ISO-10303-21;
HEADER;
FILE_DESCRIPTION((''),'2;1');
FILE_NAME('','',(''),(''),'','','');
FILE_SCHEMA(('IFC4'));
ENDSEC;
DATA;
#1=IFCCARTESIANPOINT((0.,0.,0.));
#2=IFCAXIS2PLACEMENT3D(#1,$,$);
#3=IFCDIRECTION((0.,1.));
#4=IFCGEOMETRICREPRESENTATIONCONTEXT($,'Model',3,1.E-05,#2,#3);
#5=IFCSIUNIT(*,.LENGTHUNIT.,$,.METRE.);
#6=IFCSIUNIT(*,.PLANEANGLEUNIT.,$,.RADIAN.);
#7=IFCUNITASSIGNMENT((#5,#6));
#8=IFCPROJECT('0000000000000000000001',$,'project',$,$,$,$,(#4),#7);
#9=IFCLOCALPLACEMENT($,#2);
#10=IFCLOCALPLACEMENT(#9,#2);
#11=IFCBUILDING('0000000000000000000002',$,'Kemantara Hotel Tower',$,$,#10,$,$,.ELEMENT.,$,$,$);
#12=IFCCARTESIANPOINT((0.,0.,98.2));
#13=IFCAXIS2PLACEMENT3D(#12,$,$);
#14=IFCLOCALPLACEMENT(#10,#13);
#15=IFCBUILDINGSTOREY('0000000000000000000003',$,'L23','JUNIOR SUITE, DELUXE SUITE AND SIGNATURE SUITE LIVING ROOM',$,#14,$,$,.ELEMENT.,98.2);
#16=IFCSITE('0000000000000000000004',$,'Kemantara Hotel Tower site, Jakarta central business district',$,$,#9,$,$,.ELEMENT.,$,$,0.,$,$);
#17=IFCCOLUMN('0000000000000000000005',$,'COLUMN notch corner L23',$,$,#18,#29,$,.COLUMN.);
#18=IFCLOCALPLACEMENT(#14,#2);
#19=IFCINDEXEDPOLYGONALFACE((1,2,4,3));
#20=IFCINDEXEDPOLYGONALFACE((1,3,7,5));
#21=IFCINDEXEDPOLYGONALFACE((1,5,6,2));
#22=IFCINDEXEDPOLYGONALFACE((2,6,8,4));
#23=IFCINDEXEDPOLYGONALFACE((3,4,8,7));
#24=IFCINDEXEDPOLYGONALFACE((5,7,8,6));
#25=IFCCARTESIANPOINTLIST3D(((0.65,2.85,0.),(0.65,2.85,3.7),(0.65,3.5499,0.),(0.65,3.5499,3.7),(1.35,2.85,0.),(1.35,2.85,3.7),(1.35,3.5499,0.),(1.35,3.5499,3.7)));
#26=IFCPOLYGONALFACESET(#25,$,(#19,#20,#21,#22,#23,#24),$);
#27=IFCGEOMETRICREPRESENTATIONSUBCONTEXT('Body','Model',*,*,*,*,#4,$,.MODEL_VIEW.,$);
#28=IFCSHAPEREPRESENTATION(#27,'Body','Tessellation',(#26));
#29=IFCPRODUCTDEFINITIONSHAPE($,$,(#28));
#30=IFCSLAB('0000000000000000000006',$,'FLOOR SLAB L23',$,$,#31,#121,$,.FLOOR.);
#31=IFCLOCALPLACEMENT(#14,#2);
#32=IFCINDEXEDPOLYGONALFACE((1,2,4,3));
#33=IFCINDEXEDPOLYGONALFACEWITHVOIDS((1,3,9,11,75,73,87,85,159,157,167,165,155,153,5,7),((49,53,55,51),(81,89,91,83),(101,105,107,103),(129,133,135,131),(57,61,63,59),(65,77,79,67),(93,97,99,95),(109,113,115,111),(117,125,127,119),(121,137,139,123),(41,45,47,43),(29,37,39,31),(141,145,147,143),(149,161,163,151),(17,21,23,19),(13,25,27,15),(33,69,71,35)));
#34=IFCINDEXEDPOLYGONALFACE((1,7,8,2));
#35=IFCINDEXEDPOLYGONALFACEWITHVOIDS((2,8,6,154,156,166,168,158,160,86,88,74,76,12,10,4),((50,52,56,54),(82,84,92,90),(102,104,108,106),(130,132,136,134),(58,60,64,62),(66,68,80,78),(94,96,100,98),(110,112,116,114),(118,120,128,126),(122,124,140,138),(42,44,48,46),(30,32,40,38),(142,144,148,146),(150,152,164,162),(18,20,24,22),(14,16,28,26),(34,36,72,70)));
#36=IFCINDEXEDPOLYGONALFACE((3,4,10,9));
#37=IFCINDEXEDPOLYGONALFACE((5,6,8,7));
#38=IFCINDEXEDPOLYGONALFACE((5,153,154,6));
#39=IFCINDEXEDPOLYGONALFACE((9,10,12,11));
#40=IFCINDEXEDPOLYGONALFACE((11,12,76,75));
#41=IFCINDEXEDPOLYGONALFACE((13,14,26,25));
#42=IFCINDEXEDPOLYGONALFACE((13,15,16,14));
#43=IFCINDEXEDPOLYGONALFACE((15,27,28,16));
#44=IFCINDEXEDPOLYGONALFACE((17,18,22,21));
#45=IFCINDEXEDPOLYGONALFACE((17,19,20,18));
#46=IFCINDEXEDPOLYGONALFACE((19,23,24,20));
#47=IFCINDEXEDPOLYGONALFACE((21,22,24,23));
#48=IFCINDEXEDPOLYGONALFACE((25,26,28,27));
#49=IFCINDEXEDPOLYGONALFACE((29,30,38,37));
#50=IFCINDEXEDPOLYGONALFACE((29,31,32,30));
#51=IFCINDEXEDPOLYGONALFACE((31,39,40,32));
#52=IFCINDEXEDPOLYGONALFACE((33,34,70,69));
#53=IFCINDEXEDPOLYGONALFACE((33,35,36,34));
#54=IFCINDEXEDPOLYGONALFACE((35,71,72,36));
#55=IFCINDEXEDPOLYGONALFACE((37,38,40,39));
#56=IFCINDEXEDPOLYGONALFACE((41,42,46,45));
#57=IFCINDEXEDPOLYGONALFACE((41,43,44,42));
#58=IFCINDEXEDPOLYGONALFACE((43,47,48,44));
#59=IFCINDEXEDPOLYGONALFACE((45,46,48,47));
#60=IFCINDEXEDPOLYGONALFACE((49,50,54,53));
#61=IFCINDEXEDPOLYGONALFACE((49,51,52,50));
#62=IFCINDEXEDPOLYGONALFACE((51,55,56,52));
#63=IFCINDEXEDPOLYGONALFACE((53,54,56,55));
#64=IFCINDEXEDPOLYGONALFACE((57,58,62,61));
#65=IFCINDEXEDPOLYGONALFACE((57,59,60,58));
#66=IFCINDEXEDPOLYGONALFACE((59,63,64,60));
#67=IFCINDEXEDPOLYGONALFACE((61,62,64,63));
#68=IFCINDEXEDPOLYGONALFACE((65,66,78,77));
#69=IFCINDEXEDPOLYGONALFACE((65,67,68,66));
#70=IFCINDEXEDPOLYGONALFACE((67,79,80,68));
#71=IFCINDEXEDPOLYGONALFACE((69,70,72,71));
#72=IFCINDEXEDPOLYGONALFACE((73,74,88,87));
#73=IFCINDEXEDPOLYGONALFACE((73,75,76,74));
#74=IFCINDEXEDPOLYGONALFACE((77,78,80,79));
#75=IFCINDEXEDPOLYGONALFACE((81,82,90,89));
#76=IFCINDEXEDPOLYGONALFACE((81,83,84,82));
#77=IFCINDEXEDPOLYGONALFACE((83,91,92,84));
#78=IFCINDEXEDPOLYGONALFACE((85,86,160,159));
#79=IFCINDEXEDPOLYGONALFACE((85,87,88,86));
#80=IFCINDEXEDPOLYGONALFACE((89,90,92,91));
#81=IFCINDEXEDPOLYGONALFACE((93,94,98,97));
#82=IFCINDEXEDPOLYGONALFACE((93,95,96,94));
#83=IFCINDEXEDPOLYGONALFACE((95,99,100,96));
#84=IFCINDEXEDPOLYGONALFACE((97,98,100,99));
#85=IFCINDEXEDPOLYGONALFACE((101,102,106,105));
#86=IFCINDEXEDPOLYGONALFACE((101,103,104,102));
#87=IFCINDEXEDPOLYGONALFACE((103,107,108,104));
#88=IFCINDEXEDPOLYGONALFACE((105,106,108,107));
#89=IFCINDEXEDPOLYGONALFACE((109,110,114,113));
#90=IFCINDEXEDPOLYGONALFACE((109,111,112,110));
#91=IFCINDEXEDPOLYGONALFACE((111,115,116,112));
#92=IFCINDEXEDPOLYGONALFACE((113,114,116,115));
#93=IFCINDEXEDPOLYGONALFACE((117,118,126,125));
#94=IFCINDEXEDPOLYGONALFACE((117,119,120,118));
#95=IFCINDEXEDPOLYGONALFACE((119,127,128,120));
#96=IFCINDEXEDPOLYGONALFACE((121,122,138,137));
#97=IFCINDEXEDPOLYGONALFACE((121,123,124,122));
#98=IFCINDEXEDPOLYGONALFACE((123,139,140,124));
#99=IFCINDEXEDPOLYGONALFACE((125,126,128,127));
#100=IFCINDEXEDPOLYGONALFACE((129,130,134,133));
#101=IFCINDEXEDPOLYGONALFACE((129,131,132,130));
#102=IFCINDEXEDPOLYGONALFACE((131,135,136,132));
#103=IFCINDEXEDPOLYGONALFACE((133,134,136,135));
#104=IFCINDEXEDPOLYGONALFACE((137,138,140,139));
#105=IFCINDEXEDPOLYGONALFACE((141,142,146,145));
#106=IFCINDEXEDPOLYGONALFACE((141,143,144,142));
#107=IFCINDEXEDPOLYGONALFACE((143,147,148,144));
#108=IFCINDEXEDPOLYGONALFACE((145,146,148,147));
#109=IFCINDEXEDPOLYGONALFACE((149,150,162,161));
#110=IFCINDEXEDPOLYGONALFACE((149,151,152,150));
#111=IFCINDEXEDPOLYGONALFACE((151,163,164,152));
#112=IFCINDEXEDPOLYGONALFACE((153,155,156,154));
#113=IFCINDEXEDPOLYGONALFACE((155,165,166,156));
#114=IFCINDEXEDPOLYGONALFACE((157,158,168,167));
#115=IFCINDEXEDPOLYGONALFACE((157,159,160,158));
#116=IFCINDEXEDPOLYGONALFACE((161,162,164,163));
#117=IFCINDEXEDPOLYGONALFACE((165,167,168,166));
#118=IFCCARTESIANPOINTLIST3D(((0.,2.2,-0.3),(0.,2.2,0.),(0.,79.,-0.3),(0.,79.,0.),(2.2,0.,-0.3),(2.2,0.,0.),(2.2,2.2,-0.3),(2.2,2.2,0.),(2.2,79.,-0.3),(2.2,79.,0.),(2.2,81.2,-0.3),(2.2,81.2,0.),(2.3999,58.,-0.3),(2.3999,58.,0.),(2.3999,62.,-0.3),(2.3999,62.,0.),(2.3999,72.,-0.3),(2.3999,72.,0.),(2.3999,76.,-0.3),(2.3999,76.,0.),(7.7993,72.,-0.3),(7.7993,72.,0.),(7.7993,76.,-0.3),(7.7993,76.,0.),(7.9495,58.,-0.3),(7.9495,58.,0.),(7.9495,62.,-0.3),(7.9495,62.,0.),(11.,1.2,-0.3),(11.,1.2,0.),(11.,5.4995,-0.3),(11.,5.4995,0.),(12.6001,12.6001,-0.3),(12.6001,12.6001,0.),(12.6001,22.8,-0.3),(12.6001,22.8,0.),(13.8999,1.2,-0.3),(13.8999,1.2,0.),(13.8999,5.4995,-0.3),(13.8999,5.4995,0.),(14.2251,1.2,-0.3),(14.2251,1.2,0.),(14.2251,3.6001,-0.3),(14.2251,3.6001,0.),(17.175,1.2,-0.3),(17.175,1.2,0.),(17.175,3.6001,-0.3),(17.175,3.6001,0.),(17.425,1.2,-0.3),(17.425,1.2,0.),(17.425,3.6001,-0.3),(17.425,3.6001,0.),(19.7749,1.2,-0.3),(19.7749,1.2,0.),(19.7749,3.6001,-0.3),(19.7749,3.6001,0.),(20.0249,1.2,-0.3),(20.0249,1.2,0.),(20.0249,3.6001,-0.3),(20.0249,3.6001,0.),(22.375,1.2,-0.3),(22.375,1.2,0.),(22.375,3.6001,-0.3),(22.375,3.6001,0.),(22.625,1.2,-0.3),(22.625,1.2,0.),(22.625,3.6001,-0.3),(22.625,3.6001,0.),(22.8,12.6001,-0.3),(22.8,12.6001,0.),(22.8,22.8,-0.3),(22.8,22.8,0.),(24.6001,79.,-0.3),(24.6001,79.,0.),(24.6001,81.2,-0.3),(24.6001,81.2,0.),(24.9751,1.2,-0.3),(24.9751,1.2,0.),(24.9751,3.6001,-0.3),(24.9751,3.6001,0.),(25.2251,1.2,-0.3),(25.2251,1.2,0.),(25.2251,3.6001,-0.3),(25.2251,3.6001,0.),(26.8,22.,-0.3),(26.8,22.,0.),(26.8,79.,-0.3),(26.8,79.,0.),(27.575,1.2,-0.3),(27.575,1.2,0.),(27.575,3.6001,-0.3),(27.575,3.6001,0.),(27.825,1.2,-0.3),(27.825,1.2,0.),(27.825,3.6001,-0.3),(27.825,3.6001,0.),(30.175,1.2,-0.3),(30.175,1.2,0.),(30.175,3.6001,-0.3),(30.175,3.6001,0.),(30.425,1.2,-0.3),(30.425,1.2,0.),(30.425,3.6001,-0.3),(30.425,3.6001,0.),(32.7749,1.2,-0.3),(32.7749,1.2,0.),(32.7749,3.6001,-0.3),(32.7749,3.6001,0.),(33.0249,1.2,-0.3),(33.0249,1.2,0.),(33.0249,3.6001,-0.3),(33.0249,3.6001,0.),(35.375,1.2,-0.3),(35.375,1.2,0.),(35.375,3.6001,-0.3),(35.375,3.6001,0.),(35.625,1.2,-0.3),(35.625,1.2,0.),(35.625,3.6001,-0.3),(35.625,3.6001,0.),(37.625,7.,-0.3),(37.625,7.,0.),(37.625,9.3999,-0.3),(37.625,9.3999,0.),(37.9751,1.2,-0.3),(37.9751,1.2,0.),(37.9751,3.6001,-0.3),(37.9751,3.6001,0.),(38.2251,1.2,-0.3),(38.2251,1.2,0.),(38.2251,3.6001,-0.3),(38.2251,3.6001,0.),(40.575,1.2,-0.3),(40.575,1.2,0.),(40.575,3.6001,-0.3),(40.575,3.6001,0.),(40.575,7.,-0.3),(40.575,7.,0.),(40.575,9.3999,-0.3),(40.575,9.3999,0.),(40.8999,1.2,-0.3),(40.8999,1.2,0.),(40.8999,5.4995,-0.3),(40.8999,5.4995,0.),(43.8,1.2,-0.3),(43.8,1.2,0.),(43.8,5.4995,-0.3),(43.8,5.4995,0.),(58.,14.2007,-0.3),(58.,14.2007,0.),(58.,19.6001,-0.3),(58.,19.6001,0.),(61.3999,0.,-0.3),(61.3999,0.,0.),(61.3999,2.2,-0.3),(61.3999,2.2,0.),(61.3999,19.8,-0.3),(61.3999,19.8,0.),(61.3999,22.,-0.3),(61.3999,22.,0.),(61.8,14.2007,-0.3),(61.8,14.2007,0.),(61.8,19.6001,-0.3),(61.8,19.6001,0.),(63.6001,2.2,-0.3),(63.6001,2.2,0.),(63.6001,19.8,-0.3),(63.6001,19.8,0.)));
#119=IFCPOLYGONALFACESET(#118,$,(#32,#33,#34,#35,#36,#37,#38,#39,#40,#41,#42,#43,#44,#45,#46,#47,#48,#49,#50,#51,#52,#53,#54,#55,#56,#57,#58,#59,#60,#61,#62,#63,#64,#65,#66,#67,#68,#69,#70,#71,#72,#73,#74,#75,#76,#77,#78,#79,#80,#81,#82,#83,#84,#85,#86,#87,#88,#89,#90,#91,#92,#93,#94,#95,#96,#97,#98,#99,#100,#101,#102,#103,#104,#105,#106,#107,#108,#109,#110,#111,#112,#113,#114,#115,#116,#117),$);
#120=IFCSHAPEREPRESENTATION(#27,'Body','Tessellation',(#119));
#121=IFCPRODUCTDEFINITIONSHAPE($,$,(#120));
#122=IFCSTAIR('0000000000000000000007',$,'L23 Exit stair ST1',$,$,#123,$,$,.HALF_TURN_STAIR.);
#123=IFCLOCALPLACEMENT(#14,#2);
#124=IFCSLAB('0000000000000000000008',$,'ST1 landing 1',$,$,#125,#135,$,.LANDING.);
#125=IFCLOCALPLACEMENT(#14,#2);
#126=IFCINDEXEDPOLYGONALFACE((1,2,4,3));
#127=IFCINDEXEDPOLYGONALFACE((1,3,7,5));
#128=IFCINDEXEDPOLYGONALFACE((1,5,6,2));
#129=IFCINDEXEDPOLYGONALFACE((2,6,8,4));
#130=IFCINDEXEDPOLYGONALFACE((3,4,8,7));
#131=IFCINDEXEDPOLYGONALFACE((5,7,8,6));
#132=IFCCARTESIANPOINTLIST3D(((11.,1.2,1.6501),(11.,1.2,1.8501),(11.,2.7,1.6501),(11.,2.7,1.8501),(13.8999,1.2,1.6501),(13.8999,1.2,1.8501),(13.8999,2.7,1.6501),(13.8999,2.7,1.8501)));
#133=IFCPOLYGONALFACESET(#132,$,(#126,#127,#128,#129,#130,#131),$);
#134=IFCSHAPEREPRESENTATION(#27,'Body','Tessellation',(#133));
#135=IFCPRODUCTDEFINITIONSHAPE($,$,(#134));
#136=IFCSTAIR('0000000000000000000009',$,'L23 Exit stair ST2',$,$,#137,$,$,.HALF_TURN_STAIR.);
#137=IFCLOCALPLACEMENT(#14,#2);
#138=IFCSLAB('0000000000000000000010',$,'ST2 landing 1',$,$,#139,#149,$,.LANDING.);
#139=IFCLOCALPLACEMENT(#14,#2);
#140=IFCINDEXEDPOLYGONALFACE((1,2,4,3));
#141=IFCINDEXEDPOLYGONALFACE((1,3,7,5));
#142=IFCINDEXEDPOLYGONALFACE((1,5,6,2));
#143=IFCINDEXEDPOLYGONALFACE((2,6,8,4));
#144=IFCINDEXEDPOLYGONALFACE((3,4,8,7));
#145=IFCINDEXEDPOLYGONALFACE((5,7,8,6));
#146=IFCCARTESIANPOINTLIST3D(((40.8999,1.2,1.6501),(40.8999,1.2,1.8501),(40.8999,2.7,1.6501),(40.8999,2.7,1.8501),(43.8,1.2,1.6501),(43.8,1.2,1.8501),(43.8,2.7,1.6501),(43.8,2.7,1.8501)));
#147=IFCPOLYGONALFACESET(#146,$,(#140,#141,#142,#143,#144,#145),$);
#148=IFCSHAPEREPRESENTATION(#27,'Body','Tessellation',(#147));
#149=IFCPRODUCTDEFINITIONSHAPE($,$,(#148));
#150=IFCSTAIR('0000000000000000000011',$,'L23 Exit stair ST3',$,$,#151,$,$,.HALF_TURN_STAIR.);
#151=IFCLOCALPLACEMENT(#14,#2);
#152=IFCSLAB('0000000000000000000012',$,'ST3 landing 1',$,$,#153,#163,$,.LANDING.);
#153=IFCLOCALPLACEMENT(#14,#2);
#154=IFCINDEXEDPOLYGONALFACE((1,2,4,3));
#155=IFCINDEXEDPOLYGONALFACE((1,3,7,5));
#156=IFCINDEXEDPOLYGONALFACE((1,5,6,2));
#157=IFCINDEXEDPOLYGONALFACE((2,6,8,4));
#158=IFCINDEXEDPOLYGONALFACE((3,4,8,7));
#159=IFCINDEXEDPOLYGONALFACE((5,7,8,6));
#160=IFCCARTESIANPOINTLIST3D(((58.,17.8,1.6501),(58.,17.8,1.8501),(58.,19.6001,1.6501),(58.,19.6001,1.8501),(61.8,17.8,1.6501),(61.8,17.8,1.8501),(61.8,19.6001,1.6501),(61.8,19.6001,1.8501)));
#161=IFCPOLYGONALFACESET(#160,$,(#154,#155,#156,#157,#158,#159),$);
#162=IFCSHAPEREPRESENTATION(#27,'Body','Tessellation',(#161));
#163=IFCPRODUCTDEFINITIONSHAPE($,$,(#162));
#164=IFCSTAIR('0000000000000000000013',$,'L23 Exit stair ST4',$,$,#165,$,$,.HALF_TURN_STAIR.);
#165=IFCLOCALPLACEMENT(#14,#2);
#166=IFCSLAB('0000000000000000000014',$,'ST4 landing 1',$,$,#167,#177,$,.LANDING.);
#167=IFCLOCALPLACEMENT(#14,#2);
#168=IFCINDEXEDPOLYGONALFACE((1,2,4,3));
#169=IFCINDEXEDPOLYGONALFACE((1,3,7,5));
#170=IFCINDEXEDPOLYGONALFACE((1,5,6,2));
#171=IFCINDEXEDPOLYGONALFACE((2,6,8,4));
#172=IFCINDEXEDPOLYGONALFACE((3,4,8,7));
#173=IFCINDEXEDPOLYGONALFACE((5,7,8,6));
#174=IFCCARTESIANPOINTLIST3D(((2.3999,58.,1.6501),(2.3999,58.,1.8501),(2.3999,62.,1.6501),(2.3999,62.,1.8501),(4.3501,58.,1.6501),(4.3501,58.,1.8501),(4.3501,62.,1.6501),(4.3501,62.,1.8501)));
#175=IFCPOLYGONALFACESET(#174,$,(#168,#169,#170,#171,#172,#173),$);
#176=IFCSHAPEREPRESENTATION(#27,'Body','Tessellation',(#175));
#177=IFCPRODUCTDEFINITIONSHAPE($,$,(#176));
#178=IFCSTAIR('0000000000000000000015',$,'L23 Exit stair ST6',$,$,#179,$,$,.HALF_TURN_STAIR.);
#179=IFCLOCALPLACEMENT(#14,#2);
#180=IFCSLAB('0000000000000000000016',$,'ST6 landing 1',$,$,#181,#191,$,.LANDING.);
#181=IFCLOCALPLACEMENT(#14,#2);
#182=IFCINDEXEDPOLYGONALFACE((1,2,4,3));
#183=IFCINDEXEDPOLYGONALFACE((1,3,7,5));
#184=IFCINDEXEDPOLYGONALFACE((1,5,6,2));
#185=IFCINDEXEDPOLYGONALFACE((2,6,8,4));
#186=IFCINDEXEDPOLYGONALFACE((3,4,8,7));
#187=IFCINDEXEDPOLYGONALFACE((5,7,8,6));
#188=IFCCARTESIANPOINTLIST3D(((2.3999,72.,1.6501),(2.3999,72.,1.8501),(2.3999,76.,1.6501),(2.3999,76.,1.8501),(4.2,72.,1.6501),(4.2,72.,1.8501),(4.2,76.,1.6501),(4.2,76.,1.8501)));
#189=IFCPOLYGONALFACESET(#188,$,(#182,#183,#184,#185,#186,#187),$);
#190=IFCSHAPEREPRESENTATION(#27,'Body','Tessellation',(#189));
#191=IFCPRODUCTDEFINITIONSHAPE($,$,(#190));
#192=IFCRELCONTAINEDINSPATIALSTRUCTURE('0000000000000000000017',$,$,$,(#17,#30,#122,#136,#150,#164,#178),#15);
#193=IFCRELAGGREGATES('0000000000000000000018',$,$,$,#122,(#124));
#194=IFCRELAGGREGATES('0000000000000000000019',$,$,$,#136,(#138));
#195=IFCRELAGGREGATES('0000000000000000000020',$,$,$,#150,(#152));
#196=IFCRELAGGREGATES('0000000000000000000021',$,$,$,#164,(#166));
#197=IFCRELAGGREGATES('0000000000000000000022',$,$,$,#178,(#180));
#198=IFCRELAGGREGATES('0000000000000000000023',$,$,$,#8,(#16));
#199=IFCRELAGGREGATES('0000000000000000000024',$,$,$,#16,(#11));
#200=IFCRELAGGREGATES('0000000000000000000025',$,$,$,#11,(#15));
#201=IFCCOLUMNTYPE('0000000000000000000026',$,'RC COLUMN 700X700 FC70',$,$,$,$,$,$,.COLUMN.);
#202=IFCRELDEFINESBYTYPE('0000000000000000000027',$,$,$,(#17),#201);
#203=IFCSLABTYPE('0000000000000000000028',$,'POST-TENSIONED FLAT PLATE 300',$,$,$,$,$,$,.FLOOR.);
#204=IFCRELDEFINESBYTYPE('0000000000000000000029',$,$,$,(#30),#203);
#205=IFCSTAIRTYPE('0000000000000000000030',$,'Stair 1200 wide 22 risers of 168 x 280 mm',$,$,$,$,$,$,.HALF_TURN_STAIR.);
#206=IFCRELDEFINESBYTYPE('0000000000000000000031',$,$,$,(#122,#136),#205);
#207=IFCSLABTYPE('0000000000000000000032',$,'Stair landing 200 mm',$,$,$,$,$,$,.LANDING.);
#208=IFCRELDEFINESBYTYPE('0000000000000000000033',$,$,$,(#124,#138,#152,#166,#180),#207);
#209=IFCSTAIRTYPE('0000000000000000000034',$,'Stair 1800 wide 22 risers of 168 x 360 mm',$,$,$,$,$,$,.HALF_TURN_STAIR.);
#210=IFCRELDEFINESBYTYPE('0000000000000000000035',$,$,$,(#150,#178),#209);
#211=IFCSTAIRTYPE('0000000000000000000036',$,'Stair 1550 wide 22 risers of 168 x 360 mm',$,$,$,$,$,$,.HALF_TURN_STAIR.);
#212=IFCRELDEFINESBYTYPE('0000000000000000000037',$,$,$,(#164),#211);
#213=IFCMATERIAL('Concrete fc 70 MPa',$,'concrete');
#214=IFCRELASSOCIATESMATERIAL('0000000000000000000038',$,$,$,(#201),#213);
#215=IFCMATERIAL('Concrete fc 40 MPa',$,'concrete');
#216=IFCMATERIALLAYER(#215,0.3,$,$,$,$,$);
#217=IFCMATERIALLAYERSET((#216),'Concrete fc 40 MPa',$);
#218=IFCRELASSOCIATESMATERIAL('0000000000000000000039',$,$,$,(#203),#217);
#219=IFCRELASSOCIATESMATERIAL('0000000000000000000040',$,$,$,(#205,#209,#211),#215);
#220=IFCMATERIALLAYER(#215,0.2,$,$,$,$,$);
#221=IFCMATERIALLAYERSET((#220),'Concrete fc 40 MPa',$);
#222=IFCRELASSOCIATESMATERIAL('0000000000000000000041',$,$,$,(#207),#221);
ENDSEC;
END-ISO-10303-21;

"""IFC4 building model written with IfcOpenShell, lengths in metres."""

from ifc_helpers import new_model, si_unit, direction, frame, origin, origin_2d, place, context, subcontext, project, spatial, polyline, rectangle, outline, extrude, material, layer, layer_set, material_profile, profile_set, type_object, element, aggregate, save


model = new_model("IFC4")

# Units and contexts
model_context = context("Model", 3, precision=1e-05, world=origin(), true_north=direction((0.0, 1.0)))
body_context = subcontext(model_context, "Body", "Model", "MODEL_VIEW")
ifc_project = project(units=[si_unit("LENGTHUNIT", "METRE"), si_unit("PLANEANGLEUNIT", "RADIAN")], contexts=[model_context])

# Site, building, storey
site_placement = place(None, origin())
site = spatial("IfcSite", under=ifc_project, at=site_placement, Name="Kemantara Hotel Tower site, Jakarta central business district", CompositionType="ELEMENT", RefElevation=0.0)
building_placement = place(site_placement, origin())
building = spatial("IfcBuilding", under=site, at=building_placement, Name="Kemantara Hotel Tower", CompositionType="ELEMENT")
storey_placement = place(building_placement, frame((0.0, 0.0, 98.2)))
storey = spatial("IfcBuildingStorey", under=building, at=storey_placement, Name="L23", Description="JUNIOR SUITE, DELUXE SUITE AND SIGNATURE SUITE LIVING ROOM", CompositionType="ELEMENT", Elevation=98.2)

# Column
ifc_material_1 = material(Name="Concrete fc 70 MPa", Category="concrete")
ifc_material_profile = material_profile(ifc_material_1, rectangle(XDim=0.7, YDim=0.7, at=origin_2d()), Name="RC 700X700")
ifc_profile_set = profile_set([ifc_material_profile], Name="Concrete fc 70 MPa")
column_type = type_object("IfcColumnType", Name="RC COLUMN 700X700 FC70", PredefinedType="COLUMN", material=ifc_profile_set)
column_placement = place(storey_placement, frame((1.0, 3.2, 0.0), z_axis=(0.0, 0.0, 1.0), x_axis=(1.0, 0.0, 0.0)))
element("IfcColumn", 1, at=column_placement, inside=storey, type_object=column_type, Name="COLUMN notch corner L23", PredefinedType="COLUMN", context=body_context, shape_type="SweptSolid", body=[
    extrude(rectangle(XDim=0.7, YDim=0.7, at=origin_2d()), origin(), (0.0, 0.0, 1.0), 3.7),
])

# Slab
ifc_material_2 = material(Name="Concrete fc 40 MPa", Category="concrete")
ifc_layer_1 = layer(ifc_material_2, 0.3)
ifc_layer_set_1 = layer_set([ifc_layer_1], Name="Concrete fc 40 MPa")
slab_type_1 = type_object("IfcSlabType", Name="POST-TENSIONED FLAT PLATE 300", PredefinedType="FLOOR", material=ifc_layer_set_1)
slab_1_placement = place(storey_placement, frame((0.0, 0.0, -0.3)))
element("IfcSlab", 2, at=slab_1_placement, inside=storey, type_object=slab_type_1, Name="FLOOR SLAB L23", PredefinedType="FLOOR", context=body_context, shape_type="SweptSolid", body=[
    extrude(outline(polyline([(26.8, 79.0), (24.6001, 79.0), (24.6001, 81.2), (2.2, 81.2), (2.2, 79.0), (0.0, 79.0), (0.0, 2.2), (2.2, 2.2), (2.2, 0.0), (61.3999, 0.0), (61.3999, 2.2), (63.6001, 2.2), (63.6001, 19.8), (61.3999, 19.8), (61.3999, 22.0), (26.8, 22.0), (26.8, 79.0)]), holes=[polyline([(17.175, 1.2), (14.2251, 1.2), (14.2251, 3.6001), (17.175, 3.6001), (17.175, 1.2)]), polyline([(19.7749, 1.2), (17.425, 1.2), (17.425, 3.6001), (19.7749, 3.6001), (19.7749, 1.2)]), polyline([(22.375, 1.2), (20.0249, 1.2), (20.0249, 3.6001), (22.375, 3.6001), (22.375, 1.2)]), polyline([(24.9751, 1.2), (22.625, 1.2), (22.625, 3.6001), (24.9751, 3.6001), (24.9751, 1.2)]), polyline([(27.575, 1.2), (25.2251, 1.2), (25.2251, 3.6001), (27.575, 3.6001), (27.575, 1.2)]), polyline([(11.0, 1.2), (11.0, 5.4995), (13.8999, 5.4995), (13.8999, 1.2), (11.0, 1.2)]), polyline([(22.8, 12.6001), (12.6001, 12.6001), (12.6001, 22.8), (22.8, 22.8), (22.8, 12.6001)]), polyline([(2.3999, 62.0), (7.9495, 62.0), (7.9495, 58.0), (2.3999, 58.0), (2.3999, 62.0)]), polyline([(2.3999, 76.0), (7.7993, 76.0), (7.7993, 72.0), (2.3999, 72.0), (2.3999, 76.0)]), polyline([(30.175, 1.2), (27.825, 1.2), (27.825, 3.6001), (30.175, 3.6001), (30.175, 1.2)]), polyline([(32.7749, 1.2), (30.425, 1.2), (30.425, 3.6001), (32.7749, 3.6001), (32.7749, 1.2)]), polyline([(35.375, 1.2), (33.0249, 1.2), (33.0249, 3.6001), (35.375, 3.6001), (35.375, 1.2)]), polyline([(37.9751, 1.2), (35.625, 1.2), (35.625, 3.6001), (37.9751, 3.6001), (37.9751, 1.2)]), polyline([(40.575, 1.2), (38.2251, 1.2), (38.2251, 3.6001), (40.575, 3.6001), (40.575, 1.2)]), polyline([(40.8999, 1.2), (40.8999, 5.4995), (43.8, 5.4995), (43.8, 1.2), (40.8999, 1.2)]), polyline([(37.625, 7.0), (37.625, 9.3999), (40.575, 9.3999), (40.575, 7.0), (37.625, 7.0)]), polyline([(61.8, 14.2007), (58.0, 14.2007), (58.0, 19.6001), (61.8, 19.6001), (61.8, 14.2007)])]), origin(), (0.0, 0.0, 1.0), 0.3),
])

# Stairs, slabs
stair_type_1 = type_object("IfcStairType", Name="Stair 1200 wide 22 risers of 168 x 280 mm", PredefinedType="HALF_TURN_STAIR", material=ifc_material_2)
stair_1_placement = place(storey_placement, origin())
stair_1 = element("IfcStair", 3, at=stair_1_placement, inside=storey, type_object=stair_type_1, Name="L23 Exit stair ST1", PredefinedType="HALF_TURN_STAIR")
ifc_layer_2 = layer(ifc_material_2, 0.2)
ifc_layer_set_2 = layer_set([ifc_layer_2], Name="Concrete fc 40 MPa")
slab_type_2 = type_object("IfcSlabType", Name="Stair landing 200 mm", PredefinedType="LANDING", material=ifc_layer_set_2)
slab_2_placement = place(storey_placement, frame((0.0, 0.0, 1.6501)))
slab_2 = element("IfcSlab", 4, at=slab_2_placement, type_object=slab_type_2, Name="ST1 landing 1", PredefinedType="LANDING", context=body_context, shape_type="SweptSolid", body=[
    extrude(outline(polyline([(11.0, 2.7), (11.0, 1.2), (13.8999, 1.2), (13.8999, 2.7), (11.0, 2.7)])), origin(), (0.0, 0.0, 1.0), 0.2),
])
aggregate(stair_1, [slab_2])
stair_2_placement = place(storey_placement, origin())
stair_2 = element("IfcStair", 5, at=stair_2_placement, inside=storey, type_object=stair_type_1, Name="L23 Exit stair ST2", PredefinedType="HALF_TURN_STAIR")
slab_3_placement = place(storey_placement, frame((0.0, 0.0, 1.6501)))
slab_3 = element("IfcSlab", 6, at=slab_3_placement, type_object=slab_type_2, Name="ST2 landing 1", PredefinedType="LANDING", context=body_context, shape_type="SweptSolid", body=[
    extrude(outline(polyline([(40.8999, 2.7), (40.8999, 1.2), (43.8, 1.2), (43.8, 2.7), (40.8999, 2.7)])), origin(), (0.0, 0.0, 1.0), 0.2),
])
aggregate(stair_2, [slab_3])
stair_type_2 = type_object("IfcStairType", Name="Stair 1800 wide 22 risers of 168 x 360 mm", PredefinedType="HALF_TURN_STAIR", material=ifc_material_2)
stair_3_placement = place(storey_placement, origin())
stair_3 = element("IfcStair", 7, at=stair_3_placement, inside=storey, type_object=stair_type_2, Name="L23 Exit stair ST3", PredefinedType="HALF_TURN_STAIR")
slab_4_placement = place(storey_placement, frame((0.0, 0.0, 1.6501)))
slab_4 = element("IfcSlab", 8, at=slab_4_placement, type_object=slab_type_2, Name="ST3 landing 1", PredefinedType="LANDING", context=body_context, shape_type="SweptSolid", body=[
    extrude(outline(polyline([(61.8, 17.8), (61.8, 19.6001), (58.0, 19.6001), (58.0, 17.8), (61.8, 17.8)])), origin(), (0.0, 0.0, 1.0), 0.2),
])
aggregate(stair_3, [slab_4])
stair_type_3 = type_object("IfcStairType", Name="Stair 1550 wide 22 risers of 168 x 360 mm", PredefinedType="HALF_TURN_STAIR", material=ifc_material_2)
stair_4_placement = place(storey_placement, origin())
stair_4 = element("IfcStair", 9, at=stair_4_placement, inside=storey, type_object=stair_type_3, Name="L23 Exit stair ST4", PredefinedType="HALF_TURN_STAIR")
slab_5_placement = place(storey_placement, frame((0.0, 0.0, 1.6501)))
slab_5 = element("IfcSlab", 10, at=slab_5_placement, type_object=slab_type_2, Name="ST4 landing 1", PredefinedType="LANDING", context=body_context, shape_type="SweptSolid", body=[
    extrude(outline(polyline([(4.3501, 62.0), (2.3999, 62.0), (2.3999, 58.0), (4.3501, 58.0), (4.3501, 62.0)])), origin(), (0.0, 0.0, 1.0), 0.2),
])
aggregate(stair_4, [slab_5])
stair_5_placement = place(storey_placement, origin())
stair_5 = element("IfcStair", 11, at=stair_5_placement, inside=storey, type_object=stair_type_2, Name="L23 Exit stair ST6", PredefinedType="HALF_TURN_STAIR")
slab_6_placement = place(storey_placement, frame((0.0, 0.0, 1.6501)))
slab_6 = element("IfcSlab", 12, at=slab_6_placement, type_object=slab_type_2, Name="ST6 landing 1", PredefinedType="LANDING", context=body_context, shape_type="SweptSolid", body=[
    extrude(outline(polyline([(4.2, 76.0), (2.3999, 76.0), (2.3999, 72.0), (4.2, 72.0), (4.2, 76.0)])), origin(), (0.0, 0.0, 1.0), 0.2),
])
aggregate(stair_5, [slab_6])

save(model, "model.ifc")
